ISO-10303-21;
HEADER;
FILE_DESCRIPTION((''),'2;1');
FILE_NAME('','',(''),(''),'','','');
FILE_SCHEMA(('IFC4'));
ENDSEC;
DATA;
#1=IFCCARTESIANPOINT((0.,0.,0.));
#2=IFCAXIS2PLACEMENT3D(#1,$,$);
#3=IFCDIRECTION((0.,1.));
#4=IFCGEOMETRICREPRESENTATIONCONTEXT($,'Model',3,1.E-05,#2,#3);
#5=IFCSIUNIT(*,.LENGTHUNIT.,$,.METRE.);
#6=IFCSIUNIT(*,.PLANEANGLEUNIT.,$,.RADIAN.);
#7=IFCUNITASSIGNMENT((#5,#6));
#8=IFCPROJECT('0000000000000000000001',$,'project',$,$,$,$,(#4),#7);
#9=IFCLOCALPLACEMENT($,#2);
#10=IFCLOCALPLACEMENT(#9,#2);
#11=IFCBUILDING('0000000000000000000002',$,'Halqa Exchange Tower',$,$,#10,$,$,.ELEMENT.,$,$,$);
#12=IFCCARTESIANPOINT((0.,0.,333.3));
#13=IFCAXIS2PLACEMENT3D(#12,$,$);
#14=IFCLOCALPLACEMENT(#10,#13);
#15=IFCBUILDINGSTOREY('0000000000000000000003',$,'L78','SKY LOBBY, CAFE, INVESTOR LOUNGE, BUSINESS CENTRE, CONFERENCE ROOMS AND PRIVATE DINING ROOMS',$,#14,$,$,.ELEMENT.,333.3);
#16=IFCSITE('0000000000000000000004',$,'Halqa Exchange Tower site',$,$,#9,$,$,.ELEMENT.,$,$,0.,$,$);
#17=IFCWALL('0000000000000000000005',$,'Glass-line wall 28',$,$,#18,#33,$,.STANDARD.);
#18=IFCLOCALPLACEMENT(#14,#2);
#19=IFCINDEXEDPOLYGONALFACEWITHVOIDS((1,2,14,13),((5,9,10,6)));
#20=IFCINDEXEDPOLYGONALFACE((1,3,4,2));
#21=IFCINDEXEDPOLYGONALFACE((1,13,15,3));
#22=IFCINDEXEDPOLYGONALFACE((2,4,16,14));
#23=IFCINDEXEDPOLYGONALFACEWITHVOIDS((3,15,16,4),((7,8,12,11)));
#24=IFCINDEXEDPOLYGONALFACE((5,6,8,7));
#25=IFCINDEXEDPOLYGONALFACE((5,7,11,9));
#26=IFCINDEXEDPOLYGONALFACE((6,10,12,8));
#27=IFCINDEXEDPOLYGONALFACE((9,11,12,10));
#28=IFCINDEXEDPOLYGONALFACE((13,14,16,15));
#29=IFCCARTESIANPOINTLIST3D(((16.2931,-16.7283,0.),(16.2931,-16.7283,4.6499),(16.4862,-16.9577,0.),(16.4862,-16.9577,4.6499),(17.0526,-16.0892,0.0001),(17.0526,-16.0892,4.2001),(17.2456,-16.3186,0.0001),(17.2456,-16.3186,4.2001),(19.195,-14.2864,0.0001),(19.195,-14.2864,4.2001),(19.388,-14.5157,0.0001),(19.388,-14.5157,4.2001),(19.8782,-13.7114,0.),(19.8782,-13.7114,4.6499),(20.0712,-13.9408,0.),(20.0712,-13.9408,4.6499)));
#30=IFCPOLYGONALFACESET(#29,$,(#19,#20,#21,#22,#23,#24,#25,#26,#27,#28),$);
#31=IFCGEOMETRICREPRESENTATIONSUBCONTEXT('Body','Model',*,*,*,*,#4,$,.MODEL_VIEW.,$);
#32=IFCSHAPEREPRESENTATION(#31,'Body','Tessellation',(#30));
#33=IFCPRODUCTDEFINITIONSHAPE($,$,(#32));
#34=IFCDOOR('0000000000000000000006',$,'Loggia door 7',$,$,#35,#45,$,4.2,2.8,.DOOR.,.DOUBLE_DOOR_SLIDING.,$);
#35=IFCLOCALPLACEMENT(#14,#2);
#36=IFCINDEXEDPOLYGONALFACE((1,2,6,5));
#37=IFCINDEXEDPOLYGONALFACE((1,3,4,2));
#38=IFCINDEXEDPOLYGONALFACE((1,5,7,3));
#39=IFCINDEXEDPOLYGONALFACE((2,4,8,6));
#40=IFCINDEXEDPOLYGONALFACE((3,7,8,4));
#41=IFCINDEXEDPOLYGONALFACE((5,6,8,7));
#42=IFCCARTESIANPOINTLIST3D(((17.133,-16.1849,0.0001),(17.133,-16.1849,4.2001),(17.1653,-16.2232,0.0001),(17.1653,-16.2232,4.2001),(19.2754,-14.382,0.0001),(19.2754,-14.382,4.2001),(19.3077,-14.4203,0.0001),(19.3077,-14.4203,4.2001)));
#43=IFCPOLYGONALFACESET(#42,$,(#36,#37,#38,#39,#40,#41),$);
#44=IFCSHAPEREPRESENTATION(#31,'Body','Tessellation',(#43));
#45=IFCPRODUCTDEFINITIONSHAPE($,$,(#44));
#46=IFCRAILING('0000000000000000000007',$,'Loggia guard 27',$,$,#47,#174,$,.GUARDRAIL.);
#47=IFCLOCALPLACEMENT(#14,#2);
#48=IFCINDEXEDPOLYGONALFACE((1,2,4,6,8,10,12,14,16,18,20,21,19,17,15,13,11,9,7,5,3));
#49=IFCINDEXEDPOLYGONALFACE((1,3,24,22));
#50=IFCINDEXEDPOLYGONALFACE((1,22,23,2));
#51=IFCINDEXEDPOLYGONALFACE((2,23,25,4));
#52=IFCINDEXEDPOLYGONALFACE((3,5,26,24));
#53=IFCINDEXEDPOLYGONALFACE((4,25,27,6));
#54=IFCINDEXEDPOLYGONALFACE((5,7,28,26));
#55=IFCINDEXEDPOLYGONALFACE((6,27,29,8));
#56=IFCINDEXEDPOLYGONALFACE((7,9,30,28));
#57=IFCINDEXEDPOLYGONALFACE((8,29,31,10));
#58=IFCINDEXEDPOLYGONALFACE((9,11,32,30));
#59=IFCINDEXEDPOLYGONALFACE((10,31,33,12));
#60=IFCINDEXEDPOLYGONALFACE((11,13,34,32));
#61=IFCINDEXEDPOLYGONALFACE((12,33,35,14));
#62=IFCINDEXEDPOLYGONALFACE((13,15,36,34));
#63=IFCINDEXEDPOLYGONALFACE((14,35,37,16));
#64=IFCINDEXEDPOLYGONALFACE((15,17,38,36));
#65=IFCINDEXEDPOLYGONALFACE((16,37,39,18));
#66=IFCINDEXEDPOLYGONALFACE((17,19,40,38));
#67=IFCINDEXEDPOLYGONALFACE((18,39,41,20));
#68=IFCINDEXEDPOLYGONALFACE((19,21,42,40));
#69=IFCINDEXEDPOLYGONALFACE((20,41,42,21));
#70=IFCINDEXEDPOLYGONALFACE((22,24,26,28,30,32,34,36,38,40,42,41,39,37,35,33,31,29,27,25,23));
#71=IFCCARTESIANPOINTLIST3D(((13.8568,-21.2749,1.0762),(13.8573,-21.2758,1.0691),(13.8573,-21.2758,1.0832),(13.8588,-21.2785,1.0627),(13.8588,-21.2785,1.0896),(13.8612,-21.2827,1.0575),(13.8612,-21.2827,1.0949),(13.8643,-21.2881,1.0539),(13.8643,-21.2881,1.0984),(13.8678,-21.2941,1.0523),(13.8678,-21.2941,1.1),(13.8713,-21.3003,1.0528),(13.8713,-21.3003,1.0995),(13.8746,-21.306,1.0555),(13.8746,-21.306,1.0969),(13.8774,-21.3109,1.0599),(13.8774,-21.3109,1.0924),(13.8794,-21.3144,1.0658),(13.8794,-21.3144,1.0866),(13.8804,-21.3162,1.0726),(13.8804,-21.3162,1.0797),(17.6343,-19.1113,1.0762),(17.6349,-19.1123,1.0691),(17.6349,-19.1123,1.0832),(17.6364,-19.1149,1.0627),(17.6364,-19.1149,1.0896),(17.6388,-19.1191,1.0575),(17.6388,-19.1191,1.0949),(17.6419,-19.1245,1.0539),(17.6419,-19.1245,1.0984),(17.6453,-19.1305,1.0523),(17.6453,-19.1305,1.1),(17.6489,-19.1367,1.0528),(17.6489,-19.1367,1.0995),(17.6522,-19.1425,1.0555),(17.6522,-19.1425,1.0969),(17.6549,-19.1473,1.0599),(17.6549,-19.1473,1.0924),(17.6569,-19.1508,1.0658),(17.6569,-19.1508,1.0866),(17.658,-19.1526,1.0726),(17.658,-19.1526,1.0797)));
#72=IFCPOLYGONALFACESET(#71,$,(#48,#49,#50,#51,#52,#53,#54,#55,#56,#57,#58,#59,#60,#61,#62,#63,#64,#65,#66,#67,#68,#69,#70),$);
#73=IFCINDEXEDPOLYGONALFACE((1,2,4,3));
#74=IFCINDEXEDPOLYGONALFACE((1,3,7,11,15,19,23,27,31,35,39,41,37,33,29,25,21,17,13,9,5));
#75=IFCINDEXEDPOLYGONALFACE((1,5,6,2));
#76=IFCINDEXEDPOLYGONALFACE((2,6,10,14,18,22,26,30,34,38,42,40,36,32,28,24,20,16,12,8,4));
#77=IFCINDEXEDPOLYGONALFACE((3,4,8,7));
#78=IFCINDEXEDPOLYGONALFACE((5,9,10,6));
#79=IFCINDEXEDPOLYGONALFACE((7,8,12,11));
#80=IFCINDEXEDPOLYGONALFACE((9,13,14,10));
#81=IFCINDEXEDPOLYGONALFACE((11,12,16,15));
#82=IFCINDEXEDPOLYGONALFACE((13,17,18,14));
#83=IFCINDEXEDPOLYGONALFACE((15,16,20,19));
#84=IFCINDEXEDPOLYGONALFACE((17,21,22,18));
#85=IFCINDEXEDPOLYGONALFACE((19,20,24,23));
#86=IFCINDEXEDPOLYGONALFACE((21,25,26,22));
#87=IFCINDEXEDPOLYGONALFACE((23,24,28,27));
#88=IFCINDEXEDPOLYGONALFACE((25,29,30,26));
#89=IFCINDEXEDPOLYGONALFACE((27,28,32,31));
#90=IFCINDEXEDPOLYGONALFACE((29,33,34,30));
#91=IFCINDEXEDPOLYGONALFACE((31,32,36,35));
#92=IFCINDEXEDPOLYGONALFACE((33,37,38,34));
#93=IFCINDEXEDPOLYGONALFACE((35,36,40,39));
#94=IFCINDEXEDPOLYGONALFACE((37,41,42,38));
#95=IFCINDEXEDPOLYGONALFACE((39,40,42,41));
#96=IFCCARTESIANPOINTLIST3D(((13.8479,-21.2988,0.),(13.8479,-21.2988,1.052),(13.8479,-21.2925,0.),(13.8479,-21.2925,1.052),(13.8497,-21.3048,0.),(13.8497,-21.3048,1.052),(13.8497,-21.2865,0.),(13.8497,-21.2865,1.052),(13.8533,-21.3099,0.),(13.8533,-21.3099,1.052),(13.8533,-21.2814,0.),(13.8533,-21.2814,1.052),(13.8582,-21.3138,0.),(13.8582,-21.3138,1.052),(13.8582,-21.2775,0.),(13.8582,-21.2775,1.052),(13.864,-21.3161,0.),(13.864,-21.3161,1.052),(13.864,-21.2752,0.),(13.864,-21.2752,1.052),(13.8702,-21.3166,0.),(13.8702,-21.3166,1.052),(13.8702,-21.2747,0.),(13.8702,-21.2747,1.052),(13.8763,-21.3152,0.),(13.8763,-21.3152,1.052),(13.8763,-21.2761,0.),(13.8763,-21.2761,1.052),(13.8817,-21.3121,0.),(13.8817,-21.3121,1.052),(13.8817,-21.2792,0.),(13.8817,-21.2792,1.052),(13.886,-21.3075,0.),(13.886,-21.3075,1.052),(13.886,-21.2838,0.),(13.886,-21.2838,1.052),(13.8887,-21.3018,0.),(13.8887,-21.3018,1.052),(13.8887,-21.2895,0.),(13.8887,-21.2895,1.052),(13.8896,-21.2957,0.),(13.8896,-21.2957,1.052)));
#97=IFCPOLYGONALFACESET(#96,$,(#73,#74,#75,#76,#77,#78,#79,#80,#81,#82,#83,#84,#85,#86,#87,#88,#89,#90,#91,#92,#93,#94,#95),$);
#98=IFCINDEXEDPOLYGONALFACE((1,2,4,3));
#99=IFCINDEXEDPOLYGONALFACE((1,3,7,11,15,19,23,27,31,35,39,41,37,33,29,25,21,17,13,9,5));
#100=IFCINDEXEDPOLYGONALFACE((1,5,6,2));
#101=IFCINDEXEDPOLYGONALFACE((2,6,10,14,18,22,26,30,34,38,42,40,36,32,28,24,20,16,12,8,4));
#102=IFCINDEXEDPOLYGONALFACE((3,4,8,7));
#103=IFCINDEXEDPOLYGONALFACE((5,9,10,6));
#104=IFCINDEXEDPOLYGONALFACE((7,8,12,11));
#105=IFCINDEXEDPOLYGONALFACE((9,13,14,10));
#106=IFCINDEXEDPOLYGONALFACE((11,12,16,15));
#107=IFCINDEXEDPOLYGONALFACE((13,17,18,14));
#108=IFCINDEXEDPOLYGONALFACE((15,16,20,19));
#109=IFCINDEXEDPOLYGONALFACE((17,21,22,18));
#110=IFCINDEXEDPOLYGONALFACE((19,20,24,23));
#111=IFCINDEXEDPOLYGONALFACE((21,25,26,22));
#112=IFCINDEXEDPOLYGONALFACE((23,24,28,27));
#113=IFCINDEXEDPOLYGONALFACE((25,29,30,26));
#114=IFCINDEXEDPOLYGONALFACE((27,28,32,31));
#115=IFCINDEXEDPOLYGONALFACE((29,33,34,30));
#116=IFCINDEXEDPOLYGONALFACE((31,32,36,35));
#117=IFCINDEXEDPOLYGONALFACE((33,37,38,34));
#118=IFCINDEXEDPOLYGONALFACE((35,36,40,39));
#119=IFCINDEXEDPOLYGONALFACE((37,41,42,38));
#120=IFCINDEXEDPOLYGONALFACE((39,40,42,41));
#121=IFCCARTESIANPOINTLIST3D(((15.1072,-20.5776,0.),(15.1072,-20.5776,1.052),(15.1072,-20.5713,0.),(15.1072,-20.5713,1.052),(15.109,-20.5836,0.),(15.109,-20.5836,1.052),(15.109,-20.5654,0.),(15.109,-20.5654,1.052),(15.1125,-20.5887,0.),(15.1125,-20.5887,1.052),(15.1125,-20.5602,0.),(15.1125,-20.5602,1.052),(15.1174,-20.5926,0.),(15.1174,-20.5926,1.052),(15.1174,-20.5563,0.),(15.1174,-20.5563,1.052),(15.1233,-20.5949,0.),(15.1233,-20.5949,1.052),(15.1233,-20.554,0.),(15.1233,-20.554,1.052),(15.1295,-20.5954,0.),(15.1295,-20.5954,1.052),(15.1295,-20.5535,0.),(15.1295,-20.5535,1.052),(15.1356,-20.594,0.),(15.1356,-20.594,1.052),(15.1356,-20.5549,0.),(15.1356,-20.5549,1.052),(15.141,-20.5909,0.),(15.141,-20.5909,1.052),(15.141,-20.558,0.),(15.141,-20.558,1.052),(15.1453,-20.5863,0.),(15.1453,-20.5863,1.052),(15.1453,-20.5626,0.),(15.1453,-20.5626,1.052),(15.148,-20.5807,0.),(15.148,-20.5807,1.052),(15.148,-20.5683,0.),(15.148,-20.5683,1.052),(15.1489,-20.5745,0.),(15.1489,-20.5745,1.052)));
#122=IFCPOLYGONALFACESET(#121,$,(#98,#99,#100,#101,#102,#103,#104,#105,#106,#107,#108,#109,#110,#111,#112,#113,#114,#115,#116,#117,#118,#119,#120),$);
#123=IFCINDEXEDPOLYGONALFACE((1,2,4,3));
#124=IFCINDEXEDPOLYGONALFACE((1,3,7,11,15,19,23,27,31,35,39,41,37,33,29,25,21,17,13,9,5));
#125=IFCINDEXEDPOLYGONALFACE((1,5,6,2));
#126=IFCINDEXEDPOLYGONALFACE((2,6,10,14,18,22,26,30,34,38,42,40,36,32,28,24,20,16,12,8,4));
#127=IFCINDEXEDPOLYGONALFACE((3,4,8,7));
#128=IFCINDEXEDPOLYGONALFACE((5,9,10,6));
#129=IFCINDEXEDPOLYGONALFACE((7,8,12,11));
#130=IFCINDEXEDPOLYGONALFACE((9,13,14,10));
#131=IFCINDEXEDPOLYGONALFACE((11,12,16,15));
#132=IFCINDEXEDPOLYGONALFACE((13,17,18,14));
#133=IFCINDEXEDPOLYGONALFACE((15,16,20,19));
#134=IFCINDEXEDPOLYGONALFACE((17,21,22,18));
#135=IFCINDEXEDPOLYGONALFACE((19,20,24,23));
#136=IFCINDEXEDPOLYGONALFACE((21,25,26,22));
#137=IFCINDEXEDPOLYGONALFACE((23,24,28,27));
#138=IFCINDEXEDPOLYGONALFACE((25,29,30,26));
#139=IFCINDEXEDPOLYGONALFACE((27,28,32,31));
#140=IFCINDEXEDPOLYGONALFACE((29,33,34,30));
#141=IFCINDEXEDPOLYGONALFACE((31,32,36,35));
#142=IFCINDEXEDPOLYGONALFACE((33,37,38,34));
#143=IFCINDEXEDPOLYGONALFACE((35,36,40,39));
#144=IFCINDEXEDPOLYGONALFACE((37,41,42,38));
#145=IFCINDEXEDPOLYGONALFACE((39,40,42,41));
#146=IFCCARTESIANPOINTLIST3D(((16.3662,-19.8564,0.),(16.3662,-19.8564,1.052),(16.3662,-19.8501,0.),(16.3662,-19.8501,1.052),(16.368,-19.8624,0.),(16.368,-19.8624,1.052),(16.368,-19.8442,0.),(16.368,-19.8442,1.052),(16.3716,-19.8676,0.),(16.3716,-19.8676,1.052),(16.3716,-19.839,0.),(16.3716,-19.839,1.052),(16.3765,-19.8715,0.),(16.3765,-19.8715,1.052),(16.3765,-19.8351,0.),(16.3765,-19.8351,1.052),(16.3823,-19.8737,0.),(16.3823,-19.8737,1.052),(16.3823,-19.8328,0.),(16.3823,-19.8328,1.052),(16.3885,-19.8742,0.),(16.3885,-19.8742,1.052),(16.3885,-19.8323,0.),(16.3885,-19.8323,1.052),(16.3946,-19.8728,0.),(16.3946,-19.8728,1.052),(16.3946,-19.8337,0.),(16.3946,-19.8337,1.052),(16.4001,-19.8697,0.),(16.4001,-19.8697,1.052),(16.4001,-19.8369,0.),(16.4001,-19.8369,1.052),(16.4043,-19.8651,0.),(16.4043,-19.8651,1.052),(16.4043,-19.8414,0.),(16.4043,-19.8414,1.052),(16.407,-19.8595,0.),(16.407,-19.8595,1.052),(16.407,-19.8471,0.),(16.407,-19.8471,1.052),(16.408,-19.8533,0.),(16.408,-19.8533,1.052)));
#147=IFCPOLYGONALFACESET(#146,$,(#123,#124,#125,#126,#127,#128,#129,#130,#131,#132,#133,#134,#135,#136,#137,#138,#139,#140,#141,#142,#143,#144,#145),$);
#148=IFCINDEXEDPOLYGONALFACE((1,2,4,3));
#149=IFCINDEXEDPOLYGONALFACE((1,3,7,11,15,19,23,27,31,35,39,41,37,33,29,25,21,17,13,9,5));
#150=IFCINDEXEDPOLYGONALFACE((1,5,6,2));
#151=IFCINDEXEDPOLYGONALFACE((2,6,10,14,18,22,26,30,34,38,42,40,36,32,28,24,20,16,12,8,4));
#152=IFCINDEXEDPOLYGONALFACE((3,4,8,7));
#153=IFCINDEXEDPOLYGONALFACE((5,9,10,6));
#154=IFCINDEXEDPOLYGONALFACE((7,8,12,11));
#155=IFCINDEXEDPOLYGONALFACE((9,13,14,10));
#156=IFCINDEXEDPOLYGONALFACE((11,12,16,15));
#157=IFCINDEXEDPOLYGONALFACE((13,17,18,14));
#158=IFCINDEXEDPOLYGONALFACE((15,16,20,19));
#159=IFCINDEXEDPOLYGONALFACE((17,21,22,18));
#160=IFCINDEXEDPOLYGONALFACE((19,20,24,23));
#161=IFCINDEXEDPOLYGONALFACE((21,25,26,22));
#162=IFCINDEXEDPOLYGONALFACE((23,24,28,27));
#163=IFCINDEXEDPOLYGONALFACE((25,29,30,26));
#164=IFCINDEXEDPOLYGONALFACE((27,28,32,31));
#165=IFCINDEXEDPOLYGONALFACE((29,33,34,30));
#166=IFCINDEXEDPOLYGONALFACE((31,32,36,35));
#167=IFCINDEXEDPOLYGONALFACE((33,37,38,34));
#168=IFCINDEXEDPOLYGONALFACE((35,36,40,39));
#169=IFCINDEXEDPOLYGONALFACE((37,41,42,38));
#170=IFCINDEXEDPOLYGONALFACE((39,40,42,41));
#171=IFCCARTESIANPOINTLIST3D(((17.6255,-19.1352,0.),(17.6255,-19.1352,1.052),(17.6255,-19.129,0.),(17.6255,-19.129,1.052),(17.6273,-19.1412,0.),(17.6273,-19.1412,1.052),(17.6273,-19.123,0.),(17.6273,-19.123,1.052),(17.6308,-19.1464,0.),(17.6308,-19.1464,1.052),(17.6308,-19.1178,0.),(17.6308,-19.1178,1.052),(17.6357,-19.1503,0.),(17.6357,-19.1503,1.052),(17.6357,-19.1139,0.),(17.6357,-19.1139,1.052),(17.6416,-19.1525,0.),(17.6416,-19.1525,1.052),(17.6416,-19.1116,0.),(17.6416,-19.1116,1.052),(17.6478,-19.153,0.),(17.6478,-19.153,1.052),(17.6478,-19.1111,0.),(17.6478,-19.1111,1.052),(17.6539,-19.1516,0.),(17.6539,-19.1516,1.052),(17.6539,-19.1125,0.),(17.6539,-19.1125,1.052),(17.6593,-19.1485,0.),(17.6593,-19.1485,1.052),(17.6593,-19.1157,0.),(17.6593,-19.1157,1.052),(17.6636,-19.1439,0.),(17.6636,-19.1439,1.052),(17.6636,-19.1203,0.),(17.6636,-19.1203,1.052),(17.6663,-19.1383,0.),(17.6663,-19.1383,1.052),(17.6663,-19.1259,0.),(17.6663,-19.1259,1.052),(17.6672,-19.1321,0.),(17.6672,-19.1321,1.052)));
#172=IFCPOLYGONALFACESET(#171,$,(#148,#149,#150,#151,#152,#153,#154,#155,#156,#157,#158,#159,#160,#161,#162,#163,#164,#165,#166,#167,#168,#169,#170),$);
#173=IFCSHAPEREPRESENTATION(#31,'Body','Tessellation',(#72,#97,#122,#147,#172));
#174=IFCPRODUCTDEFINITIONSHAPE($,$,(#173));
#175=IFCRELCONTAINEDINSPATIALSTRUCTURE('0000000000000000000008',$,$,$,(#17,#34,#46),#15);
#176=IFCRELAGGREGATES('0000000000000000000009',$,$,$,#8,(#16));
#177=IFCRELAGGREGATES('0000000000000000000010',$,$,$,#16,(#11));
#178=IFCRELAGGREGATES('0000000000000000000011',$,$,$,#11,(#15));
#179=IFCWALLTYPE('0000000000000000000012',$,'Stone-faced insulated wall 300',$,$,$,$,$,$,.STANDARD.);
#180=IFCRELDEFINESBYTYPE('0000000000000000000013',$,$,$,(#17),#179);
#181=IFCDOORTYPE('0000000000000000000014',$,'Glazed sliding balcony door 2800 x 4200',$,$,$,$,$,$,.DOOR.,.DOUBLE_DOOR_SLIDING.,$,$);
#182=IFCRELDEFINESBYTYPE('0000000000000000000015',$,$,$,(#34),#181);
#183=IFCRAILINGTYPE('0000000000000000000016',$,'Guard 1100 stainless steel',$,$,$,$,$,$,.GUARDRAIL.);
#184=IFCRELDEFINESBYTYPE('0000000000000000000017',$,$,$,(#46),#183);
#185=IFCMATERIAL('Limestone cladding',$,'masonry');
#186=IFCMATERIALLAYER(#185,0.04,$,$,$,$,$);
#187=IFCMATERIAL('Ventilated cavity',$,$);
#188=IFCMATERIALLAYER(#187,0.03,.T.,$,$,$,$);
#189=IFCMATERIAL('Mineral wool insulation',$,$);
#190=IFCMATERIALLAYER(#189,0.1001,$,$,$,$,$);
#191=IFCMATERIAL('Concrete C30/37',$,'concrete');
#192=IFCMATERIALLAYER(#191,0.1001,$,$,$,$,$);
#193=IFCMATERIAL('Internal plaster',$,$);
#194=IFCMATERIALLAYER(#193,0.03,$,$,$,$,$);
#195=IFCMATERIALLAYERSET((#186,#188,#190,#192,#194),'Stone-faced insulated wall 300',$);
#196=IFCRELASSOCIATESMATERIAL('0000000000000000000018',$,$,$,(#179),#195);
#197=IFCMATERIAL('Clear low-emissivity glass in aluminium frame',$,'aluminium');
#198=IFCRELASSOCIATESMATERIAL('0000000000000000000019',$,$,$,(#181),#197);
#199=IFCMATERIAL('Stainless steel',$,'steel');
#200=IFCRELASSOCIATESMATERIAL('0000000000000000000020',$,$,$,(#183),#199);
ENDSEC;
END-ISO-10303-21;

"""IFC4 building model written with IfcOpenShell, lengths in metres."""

from ifc_helpers import new_model, si_unit, direction, frame, frame_2d, origin, origin_2d, place, context, subcontext, project, spatial, polyline, rectangle, circle, outline, extrude, material, layer, layer_set, type_object, element, fill, save


model = new_model("IFC4")

# Units and contexts
model_context = context("Model", 3, precision=1e-05, world=origin(), true_north=direction((0.0, 1.0)))
body_context = subcontext(model_context, "Body", "Model", "MODEL_VIEW")
ifc_project = project(units=[si_unit("LENGTHUNIT", "METRE"), si_unit("PLANEANGLEUNIT", "RADIAN")], contexts=[model_context])

# Site, building, storey
site_placement = place(None, origin())
site = spatial("IfcSite", under=ifc_project, at=site_placement, Name="Halqa Exchange Tower site", CompositionType="ELEMENT", RefElevation=0.0)
building_placement = place(site_placement, origin())
building = spatial("IfcBuilding", under=site, at=building_placement, Name="Halqa Exchange Tower", CompositionType="ELEMENT")
storey_placement = place(building_placement, frame((0.0, 0.0, 333.3)))
storey = spatial("IfcBuildingStorey", under=building, at=storey_placement, Name="L78", Description="SKY LOBBY, CAFE, INVESTOR LOUNGE, BUSINESS CENTRE, CONFERENCE ROOMS AND PRIVATE DINING ROOMS", CompositionType="ELEMENT", Elevation=333.3)

# Wall, opening, door
ifc_material_1 = material(Name="Limestone cladding", Category="masonry")
ifc_layer_1 = layer(ifc_material_1, 0.04)
ifc_material_2 = material(Name="Ventilated cavity")
ifc_layer_2 = layer(ifc_material_2, 0.03, ventilated=True)
ifc_material_3 = material(Name="Mineral wool insulation")
ifc_layer_3 = layer(ifc_material_3, 0.1001)
ifc_material_4 = material(Name="Concrete C30/37", Category="concrete")
ifc_layer_4 = layer(ifc_material_4, 0.1001)
ifc_material_5 = material(Name="Internal plaster")
ifc_layer_5 = layer(ifc_material_5, 0.03)
ifc_layer_set_1 = layer_set([ifc_layer_1, ifc_layer_2, ifc_layer_3, ifc_layer_4, ifc_layer_5], Name="Stone-faced insulated wall 300")
wall_type_1 = type_object("IfcWallType", Name="Stone-faced insulated wall 300", PredefinedType="STANDARD", material=ifc_layer_set_1)
wall_1_placement = place(storey_placement, frame((16.3896, -16.843, 0.0), z_axis=(0.0, 0.0, 1.0), x_axis=(0.765129, 0.643877, 0.0)))
wall_1 = element("IfcWall", 1, at=wall_1_placement, inside=storey, type_object=wall_type_1, Name="Glass-line wall 28", PredefinedType="STANDARD", context=body_context, shape_type="SweptSolid", body=[
    extrude(outline(polyline([(0.0, -0.1499), (4.6855, -0.1499), (4.6855, 0.1499), (0.0, 0.1499), (0.0, -0.1499)])), origin(), (0.0, 0.0, 1.0), 4.6499),
])
opening_1_placement = place(wall_1_placement, frame((0.9927, 0.0, 0.0)))
opening_1 = element("IfcOpeningElement", 2, at=opening_1_placement, cuts=wall_1, PredefinedType="OPENING", context=body_context, shape_type="SweptSolid", body=[
    extrude(rectangle(XDim=2.8, YDim=4.2, at=frame_2d((1.3999, 2.1001))), frame((0.0, 0.1621, 0.0), z_axis=(0.0, -1.0, 0.0), x_axis=(1.0, 0.0, 0.0)), (0.0, 0.0, 1.0), 0.324),
])
ifc_material_6 = material(Name="Clear low-emissivity glass in aluminium frame", Category="aluminium")
door_type_1 = type_object("IfcDoorType", Name="Glazed sliding balcony door 2800 x 4200", OperationType="DOUBLE_DOOR_SLIDING", PredefinedType="DOOR", material=ifc_material_6)
door_1_placement = place(opening_1_placement, origin())
door_1 = element("IfcDoor", 3, at=door_1_placement, inside=storey, type_object=door_type_1, Name="Loggia door 7", OperationType="DOUBLE_DOOR_SLIDING", OverallHeight=4.2, OverallWidth=2.8, PredefinedType="DOOR", context=body_context, shape_type="SweptSolid", body=[
    extrude(rectangle(XDim=2.8, YDim=4.2, at=frame_2d((1.3999, 2.1001))), frame((0.0, 0.0249, 0.0), z_axis=(0.0, -1.0, 0.0), x_axis=(1.0, 0.0, 0.0)), (0.0, 0.0, 1.0), 0.05),
])
fill(opening_1, door_1)

# Railing
ifc_material_7 = material(Name="Stainless steel", Category="steel")
railing_type = type_object("IfcRailingType", Name="Guard 1100 stainless steel", PredefinedType="GUARDRAIL", material=ifc_material_7)
railing_1_placement = place(storey_placement, frame((13.8687, -21.2957, 0.0)))
element("IfcRailing", 4, at=railing_1_placement, inside=storey, type_object=railing_type, Name="Loggia guard 27", PredefinedType="GUARDRAIL", context=body_context, shape_type="SweptSolid", body=[
    extrude(circle(Radius=0.0239, at=origin_2d()), frame((0.0, 0.0, 1.0762), z_axis=(0.867753, 0.496996, 0.0), x_axis=(-0.496996, 0.867753, 0.0)), (0.0, 0.0, 1.0), 4.3533),
    extrude(circle(Radius=0.021, at=origin_2d()), origin(), (0.0, 0.0, 1.0), 1.052),
    extrude(circle(Radius=0.021, at=origin_2d()), frame((1.2593, 0.7212, 0.0)), (0.0, 0.0, 1.0), 1.052),
    extrude(circle(Radius=0.021, at=origin_2d()), frame((2.5183, 1.4424, 0.0)), (0.0, 0.0, 1.0), 1.052),
    extrude(circle(Radius=0.021, at=origin_2d()), frame((3.7776, 2.1636, 0.0)), (0.0, 0.0, 1.0), 1.052),
])

save(model, "model.ifc")
